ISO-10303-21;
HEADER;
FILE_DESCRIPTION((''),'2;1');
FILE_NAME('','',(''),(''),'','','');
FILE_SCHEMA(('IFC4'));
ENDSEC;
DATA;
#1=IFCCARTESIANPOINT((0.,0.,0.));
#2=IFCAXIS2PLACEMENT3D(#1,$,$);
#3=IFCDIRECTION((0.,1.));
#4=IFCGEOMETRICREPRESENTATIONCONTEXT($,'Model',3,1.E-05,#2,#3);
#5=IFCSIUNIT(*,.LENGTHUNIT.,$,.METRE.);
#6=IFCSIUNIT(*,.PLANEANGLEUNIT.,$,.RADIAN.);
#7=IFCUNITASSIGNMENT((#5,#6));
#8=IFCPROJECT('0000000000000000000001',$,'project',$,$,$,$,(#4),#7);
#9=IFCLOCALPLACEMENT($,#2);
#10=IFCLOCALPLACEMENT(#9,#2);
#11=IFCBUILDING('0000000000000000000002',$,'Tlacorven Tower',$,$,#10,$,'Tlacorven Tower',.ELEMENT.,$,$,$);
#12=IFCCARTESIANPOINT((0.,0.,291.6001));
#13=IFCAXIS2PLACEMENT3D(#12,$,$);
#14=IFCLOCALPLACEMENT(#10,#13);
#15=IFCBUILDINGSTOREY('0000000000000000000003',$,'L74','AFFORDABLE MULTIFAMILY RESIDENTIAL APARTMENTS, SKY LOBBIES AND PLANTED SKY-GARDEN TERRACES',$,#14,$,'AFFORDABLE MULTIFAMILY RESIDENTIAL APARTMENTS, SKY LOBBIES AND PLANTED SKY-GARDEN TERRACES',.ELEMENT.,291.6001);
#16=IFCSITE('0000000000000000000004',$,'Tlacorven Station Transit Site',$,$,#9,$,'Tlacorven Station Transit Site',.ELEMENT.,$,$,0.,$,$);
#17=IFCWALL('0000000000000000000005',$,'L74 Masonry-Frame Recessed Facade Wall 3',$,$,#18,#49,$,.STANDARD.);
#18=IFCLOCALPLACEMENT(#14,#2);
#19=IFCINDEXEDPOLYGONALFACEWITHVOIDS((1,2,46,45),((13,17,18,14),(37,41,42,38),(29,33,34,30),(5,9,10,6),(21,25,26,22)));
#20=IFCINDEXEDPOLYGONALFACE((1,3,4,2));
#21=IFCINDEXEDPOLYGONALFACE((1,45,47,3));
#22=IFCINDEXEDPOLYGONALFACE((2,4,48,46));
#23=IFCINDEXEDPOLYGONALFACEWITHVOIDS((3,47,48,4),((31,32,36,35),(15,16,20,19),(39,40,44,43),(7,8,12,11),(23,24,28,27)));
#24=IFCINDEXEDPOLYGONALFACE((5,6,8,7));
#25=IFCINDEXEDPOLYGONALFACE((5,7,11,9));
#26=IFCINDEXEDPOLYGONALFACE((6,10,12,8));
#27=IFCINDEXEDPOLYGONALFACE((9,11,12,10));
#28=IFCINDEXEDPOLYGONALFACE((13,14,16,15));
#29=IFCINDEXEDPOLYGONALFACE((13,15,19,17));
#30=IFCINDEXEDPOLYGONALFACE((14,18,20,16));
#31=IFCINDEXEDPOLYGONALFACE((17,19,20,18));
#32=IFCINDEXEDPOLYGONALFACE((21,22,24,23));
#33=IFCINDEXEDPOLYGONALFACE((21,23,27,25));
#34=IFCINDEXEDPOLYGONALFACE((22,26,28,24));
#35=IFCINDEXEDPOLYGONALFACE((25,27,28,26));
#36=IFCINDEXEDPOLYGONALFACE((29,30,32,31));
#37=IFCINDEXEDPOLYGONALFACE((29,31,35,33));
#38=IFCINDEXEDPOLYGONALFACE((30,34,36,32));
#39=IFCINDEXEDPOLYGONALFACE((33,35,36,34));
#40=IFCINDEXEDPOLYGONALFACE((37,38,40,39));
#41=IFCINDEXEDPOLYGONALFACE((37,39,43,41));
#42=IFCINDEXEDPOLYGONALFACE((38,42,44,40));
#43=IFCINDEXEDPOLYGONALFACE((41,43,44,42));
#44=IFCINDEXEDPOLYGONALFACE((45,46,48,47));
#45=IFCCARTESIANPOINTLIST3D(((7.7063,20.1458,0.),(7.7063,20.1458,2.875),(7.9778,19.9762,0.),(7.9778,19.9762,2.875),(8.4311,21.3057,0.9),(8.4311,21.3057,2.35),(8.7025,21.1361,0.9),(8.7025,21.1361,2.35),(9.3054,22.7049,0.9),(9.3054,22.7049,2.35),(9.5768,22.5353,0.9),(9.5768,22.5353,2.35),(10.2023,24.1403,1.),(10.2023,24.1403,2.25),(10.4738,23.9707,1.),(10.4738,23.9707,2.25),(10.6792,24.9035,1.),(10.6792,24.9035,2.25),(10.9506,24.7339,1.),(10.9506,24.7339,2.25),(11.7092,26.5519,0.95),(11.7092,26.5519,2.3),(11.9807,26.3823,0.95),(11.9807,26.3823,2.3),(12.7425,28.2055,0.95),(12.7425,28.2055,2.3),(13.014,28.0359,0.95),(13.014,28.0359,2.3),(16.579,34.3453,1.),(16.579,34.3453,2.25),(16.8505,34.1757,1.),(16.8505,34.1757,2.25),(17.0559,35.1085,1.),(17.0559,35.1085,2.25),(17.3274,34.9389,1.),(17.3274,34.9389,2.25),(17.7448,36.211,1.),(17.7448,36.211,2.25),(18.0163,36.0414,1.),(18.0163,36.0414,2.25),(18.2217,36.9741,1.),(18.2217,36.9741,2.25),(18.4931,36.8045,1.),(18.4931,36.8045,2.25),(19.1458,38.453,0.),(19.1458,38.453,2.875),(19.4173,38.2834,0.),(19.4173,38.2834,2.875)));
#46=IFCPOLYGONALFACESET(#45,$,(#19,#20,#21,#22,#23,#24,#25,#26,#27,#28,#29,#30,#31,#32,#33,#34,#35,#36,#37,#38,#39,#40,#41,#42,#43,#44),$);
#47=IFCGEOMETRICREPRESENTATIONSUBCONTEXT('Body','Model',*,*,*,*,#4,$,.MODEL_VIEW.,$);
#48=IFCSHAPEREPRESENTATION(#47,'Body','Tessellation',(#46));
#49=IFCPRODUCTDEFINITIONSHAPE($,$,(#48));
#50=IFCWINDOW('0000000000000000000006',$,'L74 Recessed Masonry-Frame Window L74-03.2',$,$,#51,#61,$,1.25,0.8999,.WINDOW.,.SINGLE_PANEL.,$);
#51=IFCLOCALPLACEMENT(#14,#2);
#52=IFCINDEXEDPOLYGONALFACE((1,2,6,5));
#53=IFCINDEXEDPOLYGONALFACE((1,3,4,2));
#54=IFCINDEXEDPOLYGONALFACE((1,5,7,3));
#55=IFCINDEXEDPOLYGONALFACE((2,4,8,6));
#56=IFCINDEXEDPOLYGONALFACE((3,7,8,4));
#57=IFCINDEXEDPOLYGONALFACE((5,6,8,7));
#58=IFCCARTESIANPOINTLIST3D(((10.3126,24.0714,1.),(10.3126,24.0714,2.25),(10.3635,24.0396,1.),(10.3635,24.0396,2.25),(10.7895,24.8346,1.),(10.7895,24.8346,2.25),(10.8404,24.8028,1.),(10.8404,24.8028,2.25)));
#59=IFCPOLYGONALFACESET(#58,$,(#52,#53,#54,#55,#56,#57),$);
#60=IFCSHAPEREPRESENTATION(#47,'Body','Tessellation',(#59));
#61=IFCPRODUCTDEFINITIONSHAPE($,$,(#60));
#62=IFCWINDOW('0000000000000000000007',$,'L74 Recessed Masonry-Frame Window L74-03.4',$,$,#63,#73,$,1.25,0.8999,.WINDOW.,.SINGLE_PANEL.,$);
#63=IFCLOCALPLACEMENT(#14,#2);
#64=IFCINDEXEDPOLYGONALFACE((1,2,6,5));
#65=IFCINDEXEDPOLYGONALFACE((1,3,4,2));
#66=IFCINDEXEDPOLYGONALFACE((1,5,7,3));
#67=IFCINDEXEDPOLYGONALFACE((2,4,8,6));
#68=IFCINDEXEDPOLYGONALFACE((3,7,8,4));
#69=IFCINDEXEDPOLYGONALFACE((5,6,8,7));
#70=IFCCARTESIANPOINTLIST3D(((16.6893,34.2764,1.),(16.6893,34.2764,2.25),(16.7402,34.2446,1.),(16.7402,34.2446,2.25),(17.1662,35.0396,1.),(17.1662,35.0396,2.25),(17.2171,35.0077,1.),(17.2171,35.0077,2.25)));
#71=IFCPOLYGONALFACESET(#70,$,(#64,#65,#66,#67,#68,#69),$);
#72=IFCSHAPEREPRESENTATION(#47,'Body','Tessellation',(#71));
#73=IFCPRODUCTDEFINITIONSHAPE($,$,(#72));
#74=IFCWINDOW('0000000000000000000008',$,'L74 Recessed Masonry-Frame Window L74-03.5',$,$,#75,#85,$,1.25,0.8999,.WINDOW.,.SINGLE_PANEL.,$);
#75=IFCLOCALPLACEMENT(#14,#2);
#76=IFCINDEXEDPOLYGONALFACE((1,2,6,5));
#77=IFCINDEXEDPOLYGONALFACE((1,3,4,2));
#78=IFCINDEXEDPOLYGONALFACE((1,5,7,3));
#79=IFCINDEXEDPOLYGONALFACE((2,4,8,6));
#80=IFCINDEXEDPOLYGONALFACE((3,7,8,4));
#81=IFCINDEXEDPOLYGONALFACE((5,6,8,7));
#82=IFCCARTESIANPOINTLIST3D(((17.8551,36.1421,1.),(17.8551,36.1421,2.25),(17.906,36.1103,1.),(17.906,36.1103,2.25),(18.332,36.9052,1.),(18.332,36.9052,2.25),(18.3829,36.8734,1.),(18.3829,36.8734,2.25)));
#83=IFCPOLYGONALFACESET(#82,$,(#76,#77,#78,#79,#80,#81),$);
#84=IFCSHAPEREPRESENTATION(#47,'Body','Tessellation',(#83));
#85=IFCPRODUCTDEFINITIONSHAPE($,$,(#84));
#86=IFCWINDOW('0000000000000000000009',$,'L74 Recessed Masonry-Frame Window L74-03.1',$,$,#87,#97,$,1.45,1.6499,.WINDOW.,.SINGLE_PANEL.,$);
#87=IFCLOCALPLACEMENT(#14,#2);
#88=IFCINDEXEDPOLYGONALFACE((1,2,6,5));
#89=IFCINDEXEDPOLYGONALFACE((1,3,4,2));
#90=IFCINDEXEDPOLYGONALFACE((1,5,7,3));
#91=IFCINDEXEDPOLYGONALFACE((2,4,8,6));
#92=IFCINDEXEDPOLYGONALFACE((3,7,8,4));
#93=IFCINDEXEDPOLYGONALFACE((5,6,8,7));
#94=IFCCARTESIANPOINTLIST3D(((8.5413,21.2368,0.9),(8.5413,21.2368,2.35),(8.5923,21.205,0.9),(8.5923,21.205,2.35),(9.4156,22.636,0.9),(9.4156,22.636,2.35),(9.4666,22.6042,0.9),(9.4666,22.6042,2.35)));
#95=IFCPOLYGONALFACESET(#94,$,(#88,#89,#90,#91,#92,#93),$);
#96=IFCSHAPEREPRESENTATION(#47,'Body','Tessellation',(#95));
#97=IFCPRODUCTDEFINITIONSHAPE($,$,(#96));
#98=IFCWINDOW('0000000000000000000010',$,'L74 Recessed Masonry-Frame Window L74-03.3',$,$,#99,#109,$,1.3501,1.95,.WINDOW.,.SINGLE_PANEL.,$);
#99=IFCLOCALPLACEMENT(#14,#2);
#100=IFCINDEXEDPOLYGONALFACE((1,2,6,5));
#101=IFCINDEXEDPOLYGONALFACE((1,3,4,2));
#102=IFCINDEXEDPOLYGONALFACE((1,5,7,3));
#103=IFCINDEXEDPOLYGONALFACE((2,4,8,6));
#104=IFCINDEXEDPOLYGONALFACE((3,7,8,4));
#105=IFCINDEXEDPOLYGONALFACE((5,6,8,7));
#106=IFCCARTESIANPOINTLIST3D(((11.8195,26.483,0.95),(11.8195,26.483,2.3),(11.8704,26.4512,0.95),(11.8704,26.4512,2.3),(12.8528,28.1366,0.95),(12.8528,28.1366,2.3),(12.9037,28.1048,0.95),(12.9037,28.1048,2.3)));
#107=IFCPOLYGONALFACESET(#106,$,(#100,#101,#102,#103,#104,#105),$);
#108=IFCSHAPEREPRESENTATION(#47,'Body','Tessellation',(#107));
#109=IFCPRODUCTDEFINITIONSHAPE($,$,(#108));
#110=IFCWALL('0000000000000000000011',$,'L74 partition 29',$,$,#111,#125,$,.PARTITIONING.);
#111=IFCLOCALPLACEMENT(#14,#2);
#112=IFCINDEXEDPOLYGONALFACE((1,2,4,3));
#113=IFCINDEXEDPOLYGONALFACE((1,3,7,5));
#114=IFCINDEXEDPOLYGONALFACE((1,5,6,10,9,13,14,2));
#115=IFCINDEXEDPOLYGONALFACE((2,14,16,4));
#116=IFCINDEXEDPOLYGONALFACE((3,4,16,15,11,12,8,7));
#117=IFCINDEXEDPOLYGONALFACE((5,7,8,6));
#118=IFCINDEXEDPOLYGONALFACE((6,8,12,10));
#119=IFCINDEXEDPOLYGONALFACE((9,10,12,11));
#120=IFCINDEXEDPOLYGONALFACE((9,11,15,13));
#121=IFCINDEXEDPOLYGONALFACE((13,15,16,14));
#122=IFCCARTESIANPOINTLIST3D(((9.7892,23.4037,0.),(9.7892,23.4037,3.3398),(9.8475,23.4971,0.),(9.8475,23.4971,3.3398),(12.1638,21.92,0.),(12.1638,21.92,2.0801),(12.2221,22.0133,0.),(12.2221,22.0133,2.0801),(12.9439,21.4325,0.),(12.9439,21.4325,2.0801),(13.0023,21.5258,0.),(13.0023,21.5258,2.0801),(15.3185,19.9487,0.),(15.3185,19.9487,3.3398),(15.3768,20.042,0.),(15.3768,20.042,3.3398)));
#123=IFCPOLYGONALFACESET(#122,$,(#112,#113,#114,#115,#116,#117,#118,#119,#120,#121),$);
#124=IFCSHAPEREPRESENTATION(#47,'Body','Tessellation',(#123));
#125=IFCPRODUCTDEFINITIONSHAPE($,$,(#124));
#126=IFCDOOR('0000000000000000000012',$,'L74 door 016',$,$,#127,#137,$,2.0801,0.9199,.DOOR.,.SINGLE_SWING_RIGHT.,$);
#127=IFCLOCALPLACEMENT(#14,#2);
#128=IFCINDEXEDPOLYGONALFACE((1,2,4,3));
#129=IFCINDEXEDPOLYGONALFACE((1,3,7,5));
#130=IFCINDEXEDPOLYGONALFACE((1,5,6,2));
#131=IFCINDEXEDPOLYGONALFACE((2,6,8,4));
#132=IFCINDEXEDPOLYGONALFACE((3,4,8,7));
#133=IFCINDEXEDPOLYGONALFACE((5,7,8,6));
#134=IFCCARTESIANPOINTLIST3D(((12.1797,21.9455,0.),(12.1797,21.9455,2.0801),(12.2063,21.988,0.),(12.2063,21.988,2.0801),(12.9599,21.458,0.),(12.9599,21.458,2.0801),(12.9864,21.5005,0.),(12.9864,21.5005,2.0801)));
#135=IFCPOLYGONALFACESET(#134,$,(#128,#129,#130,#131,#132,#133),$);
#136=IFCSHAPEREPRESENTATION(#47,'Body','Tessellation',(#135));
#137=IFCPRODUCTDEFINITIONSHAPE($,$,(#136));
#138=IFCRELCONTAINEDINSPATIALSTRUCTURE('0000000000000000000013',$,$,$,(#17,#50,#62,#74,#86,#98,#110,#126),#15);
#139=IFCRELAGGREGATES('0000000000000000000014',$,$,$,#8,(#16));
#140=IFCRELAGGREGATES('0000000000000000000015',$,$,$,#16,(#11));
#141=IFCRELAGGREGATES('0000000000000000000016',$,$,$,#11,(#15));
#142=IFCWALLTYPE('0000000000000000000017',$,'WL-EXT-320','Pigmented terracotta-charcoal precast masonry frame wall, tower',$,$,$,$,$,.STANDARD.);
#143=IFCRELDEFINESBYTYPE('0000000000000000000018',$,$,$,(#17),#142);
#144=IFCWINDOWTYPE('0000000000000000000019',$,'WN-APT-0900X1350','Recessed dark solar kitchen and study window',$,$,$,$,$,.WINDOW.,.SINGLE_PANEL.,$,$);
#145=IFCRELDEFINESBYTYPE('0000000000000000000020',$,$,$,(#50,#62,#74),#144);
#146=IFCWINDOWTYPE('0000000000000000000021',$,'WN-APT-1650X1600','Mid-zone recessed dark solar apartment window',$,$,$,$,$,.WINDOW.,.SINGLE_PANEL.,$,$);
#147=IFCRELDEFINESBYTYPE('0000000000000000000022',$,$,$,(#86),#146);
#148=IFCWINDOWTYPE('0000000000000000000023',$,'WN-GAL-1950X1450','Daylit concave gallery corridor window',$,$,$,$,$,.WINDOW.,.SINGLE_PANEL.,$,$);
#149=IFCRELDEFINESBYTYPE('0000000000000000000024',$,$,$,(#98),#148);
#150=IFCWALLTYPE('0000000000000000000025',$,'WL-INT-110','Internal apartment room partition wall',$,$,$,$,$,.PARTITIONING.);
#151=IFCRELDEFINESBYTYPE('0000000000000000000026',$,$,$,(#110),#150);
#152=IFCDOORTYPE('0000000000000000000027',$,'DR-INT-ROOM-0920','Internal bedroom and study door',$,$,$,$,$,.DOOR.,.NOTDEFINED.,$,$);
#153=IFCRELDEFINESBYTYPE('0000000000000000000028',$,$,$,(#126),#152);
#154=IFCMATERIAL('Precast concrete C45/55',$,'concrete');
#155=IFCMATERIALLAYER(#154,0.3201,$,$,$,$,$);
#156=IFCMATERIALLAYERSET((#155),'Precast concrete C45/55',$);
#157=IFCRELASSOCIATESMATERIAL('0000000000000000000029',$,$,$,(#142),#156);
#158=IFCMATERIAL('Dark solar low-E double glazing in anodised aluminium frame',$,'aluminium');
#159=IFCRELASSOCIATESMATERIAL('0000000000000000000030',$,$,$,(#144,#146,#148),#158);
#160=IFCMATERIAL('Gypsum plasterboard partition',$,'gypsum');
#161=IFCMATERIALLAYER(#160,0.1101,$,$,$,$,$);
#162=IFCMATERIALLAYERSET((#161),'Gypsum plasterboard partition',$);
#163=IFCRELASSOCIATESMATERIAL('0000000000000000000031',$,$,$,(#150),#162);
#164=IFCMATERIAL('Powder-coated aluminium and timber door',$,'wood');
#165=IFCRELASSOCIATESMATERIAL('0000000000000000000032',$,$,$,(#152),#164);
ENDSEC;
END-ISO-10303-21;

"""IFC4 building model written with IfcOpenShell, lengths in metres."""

from ifc_helpers import new_model, si_unit, direction, frame, frame_2d, origin, place, context, subcontext, project, spatial, rectangle, extrude, source, transform, mapped, material, layer, layer_set, type_object, element, fill, save


model = new_model("IFC4")

# Units and contexts
model_context = context("Model", 3, precision=1e-05, world=origin(), true_north=direction((0.0, 1.0)))
body_context = subcontext(model_context, "Body", "Model", "MODEL_VIEW")
ifc_project = project(units=[si_unit("LENGTHUNIT", "METRE"), si_unit("PLANEANGLEUNIT", "RADIAN")], contexts=[model_context])

# Site, building, storey
site_placement = place(None, origin())
site = spatial("IfcSite", under=ifc_project, at=site_placement, Name="Tlacorven Station Transit Site", LongName="Tlacorven Station Transit Site", CompositionType="ELEMENT", RefElevation=0.0)
building_placement = place(site_placement, origin())
building = spatial("IfcBuilding", under=site, at=building_placement, Name="Tlacorven Tower", LongName="Tlacorven Tower", CompositionType="ELEMENT")
storey_placement = place(building_placement, frame((0.0, 0.0, 291.6001)))
storey = spatial("IfcBuildingStorey", under=building, at=storey_placement, Name="L74", Description="AFFORDABLE MULTIFAMILY RESIDENTIAL APARTMENTS, SKY LOBBIES AND PLANTED SKY-GARDEN TERRACES", LongName="AFFORDABLE MULTIFAMILY RESIDENTIAL APARTMENTS, SKY LOBBIES AND PLANTED SKY-GARDEN TERRACES", CompositionType="ELEMENT", Elevation=291.6001)

# Wall, openings, windows
ifc_material_1 = material(Name="Precast concrete C45/55", Category="concrete")
ifc_layer_1 = layer(ifc_material_1, 0.3201)
ifc_layer_set_1 = layer_set([ifc_layer_1], Name="Precast concrete C45/55")
wall_type_1 = type_object("IfcWallType", Name="WL-EXT-320", Description="Pigmented terracotta-charcoal precast masonry frame wall, tower", PredefinedType="STANDARD", material=ifc_layer_set_1)
wall_1_placement = place(storey_placement, frame((7.842, 20.061, 0.0), z_axis=(0.0, 0.0, 1.0), x_axis=(0.529916, 0.84805, 0.0)))
wall_1 = element("IfcWall", 1, at=wall_1_placement, inside=storey, type_object=wall_type_1, Name="L74 Masonry-Frame Recessed Facade Wall 3", PredefinedType="STANDARD", context=body_context, shape_type="SweptSolid", body=[
    extrude(rectangle(XDim=21.5874, YDim=0.3201, at=frame_2d((10.7937, 0.0))), origin(), (0.0, 0.0, 1.0), 2.875),
])
opening_1_placement = place(wall_1_placement, frame((1.3677, 0.0, 0.8999)))
opening_1 = element("IfcOpeningElement", 2, at=opening_1_placement, cuts=wall_1, PredefinedType="OPENING", context=body_context, shape_type="SweptSolid", body=[
    extrude(rectangle(XDim=1.6499, YDim=1.45, at=frame_2d((0.825, 0.7251))), frame((0.0, 0.1699, 0.0), z_axis=(0.0, -1.0, 0.0), x_axis=(1.0, 0.0, 0.0)), (0.0, 0.0, 1.0), 0.3401),
])
opening_2_placement = place(wall_1_placement, frame((4.7102, 0.0, 1.0)))
opening_2 = element("IfcOpeningElement", 3, at=opening_2_placement, cuts=wall_1, PredefinedType="OPENING", context=body_context, shape_type="SweptSolid", body=[
    extrude(rectangle(XDim=0.8999, YDim=1.25, at=frame_2d((0.45, 0.625))), frame((0.0, 0.1699, 0.0), z_axis=(0.0, -1.0, 0.0), x_axis=(1.0, 0.0, 0.0)), (0.0, 0.0, 1.0), 0.3401),
])
opening_3_placement = place(wall_1_placement, frame((7.5537, 0.0, 0.95)))
opening_3 = element("IfcOpeningElement", 4, at=opening_3_placement, cuts=wall_1, PredefinedType="OPENING", context=body_context, shape_type="SweptSolid", body=[
    extrude(rectangle(XDim=1.95, YDim=1.3501, at=frame_2d((0.9751, 0.675))), frame((0.0, 0.1699, 0.0), z_axis=(0.0, -1.0, 0.0), x_axis=(1.0, 0.0, 0.0)), (0.0, 0.0, 1.0), 0.3401),
])
opening_4_placement = place(wall_1_placement, frame((16.7437, 0.0, 1.0)))
opening_4 = element("IfcOpeningElement", 5, at=opening_4_placement, cuts=wall_1, PredefinedType="OPENING", context=body_context, shape_type="SweptSolid", body=[
    extrude(rectangle(XDim=0.8999, YDim=1.25, at=frame_2d((0.45, 0.625))), frame((0.0, 0.1699, 0.0), z_axis=(0.0, -1.0, 0.0), x_axis=(1.0, 0.0, 0.0)), (0.0, 0.0, 1.0), 0.3401),
])
opening_5_placement = place(wall_1_placement, frame((18.9436, 0.0, 1.0)))
opening_5 = element("IfcOpeningElement", 6, at=opening_5_placement, cuts=wall_1, PredefinedType="OPENING", context=body_context, shape_type="SweptSolid", body=[
    extrude(rectangle(XDim=0.8999, YDim=1.25, at=frame_2d((0.45, 0.625))), frame((0.0, 0.1699, 0.0), z_axis=(0.0, -1.0, 0.0), x_axis=(1.0, 0.0, 0.0)), (0.0, 0.0, 1.0), 0.3401),
])
ifc_material_2 = material(Name="Dark solar low-E double glazing in anodised aluminium frame", Category="aluminium")
window_type_1 = type_object("IfcWindowType", Name="WN-APT-0900X1350", Description="Recessed dark solar kitchen and study window", PartitioningType="SINGLE_PANEL", PredefinedType="WINDOW", material=ifc_material_2)
shared_shape_1 = source(origin(), body_context, "Body", "SweptSolid", [
    extrude(rectangle(XDim=0.8999, YDim=1.25, at=frame_2d((0.45, 0.625))), frame((0.0, 0.03, 0.0), z_axis=(0.0, -1.0, 0.0), x_axis=(1.0, 0.0, 0.0)), (0.0, 0.0, 1.0), 0.0601),
])
window_1_placement = place(opening_2_placement, origin())
window_1 = element("IfcWindow", 7, at=window_1_placement, inside=storey, type_object=window_type_1, Name="L74 Recessed Masonry-Frame Window L74-03.2", OverallHeight=1.25, OverallWidth=0.8999, PartitioningType="SINGLE_PANEL", PredefinedType="WINDOW", context=body_context, shape_type="MappedRepresentation", body=[
    mapped(shared_shape_1, transform((0.0, 0.0, 0.0), scale=1.0)),
])
fill(opening_2, window_1)
window_2_placement = place(opening_4_placement, origin())
window_2 = element("IfcWindow", 8, at=window_2_placement, inside=storey, type_object=window_type_1, Name="L74 Recessed Masonry-Frame Window L74-03.4", OverallHeight=1.25, OverallWidth=0.8999, PartitioningType="SINGLE_PANEL", PredefinedType="WINDOW", context=body_context, shape_type="MappedRepresentation", body=[
    mapped(shared_shape_1, transform((0.0, 0.0, 0.0), scale=1.0)),
])
fill(opening_4, window_2)
window_3_placement = place(opening_5_placement, origin())
window_3 = element("IfcWindow", 9, at=window_3_placement, inside=storey, type_object=window_type_1, Name="L74 Recessed Masonry-Frame Window L74-03.5", OverallHeight=1.25, OverallWidth=0.8999, PartitioningType="SINGLE_PANEL", PredefinedType="WINDOW", context=body_context, shape_type="MappedRepresentation", body=[
    mapped(shared_shape_1, transform((0.0, 0.0, 0.0), scale=1.0)),
])
fill(opening_5, window_3)
window_type_2 = type_object("IfcWindowType", Name="WN-APT-1650X1600", Description="Mid-zone recessed dark solar apartment window", PartitioningType="SINGLE_PANEL", PredefinedType="WINDOW", material=ifc_material_2)
shared_shape_2 = source(origin(), body_context, "Body", "SweptSolid", [
    extrude(rectangle(XDim=1.6499, YDim=1.45, at=frame_2d((0.825, 0.7251))), frame((0.0, 0.03, 0.0), z_axis=(0.0, -1.0, 0.0), x_axis=(1.0, 0.0, 0.0)), (0.0, 0.0, 1.0), 0.0601),
])
window_4_placement = place(opening_1_placement, origin())
window_4 = element("IfcWindow", 10, at=window_4_placement, inside=storey, type_object=window_type_2, Name="L74 Recessed Masonry-Frame Window L74-03.1", OverallHeight=1.45, OverallWidth=1.6499, PartitioningType="SINGLE_PANEL", PredefinedType="WINDOW", context=body_context, shape_type="MappedRepresentation", body=[
    mapped(shared_shape_2, transform((0.0, 0.0, 0.0), scale=1.0)),
])
fill(opening_1, window_4)
window_type_3 = type_object("IfcWindowType", Name="WN-GAL-1950X1450", Description="Daylit concave gallery corridor window", PartitioningType="SINGLE_PANEL", PredefinedType="WINDOW", material=ifc_material_2)
shared_shape_3 = source(origin(), body_context, "Body", "SweptSolid", [
    extrude(rectangle(XDim=1.95, YDim=1.3501, at=frame_2d((0.9751, 0.675))), frame((0.0, 0.03, 0.0), z_axis=(0.0, -1.0, 0.0), x_axis=(1.0, 0.0, 0.0)), (0.0, 0.0, 1.0), 0.0601),
])
window_5_placement = place(opening_3_placement, origin())
window_5 = element("IfcWindow", 11, at=window_5_placement, inside=storey, type_object=window_type_3, Name="L74 Recessed Masonry-Frame Window L74-03.3", OverallHeight=1.3501, OverallWidth=1.95, PartitioningType="SINGLE_PANEL", PredefinedType="WINDOW", context=body_context, shape_type="MappedRepresentation", body=[
    mapped(shared_shape_3, transform((0.0, 0.0, 0.0), scale=1.0)),
])
fill(opening_3, window_5)

# Wall, opening, door
ifc_material_3 = material(Name="Gypsum plasterboard partition", Category="gypsum")
ifc_layer_2 = layer(ifc_material_3, 0.1101)
ifc_layer_set_2 = layer_set([ifc_layer_2], Name="Gypsum plasterboard partition")
wall_type_2 = type_object("IfcWallType", Name="WL-INT-110", Description="Internal apartment room partition wall", PredefinedType="PARTITIONING", material=ifc_layer_set_2)
wall_2_placement = place(storey_placement, frame((15.3477, 19.9954, 0.0), z_axis=(0.0, 0.0, 1.0), x_axis=(-0.848049, 0.529918, 0.0)))
wall_2 = element("IfcWall", 12, at=wall_2_placement, inside=storey, type_object=wall_type_2, Name="L74 partition 29", PredefinedType="PARTITIONING", context=body_context, shape_type="SweptSolid", body=[
    extrude(rectangle(XDim=6.52, YDim=0.1101, at=frame_2d((3.26, 0.0))), origin(), (0.0, 0.0, 1.0), 3.3398),
])
opening_6_placement = place(wall_2_placement, frame((2.8, 0.0, 0.0)))
opening_6 = element("IfcOpeningElement", 13, at=opening_6_placement, cuts=wall_2, PredefinedType="OPENING", context=body_context, shape_type="SweptSolid", body=[
    extrude(rectangle(XDim=0.9199, YDim=2.0801, at=frame_2d((0.46, 1.04))), frame((0.0, 0.0649, 0.0), z_axis=(0.0, -1.0, 0.0), x_axis=(1.0, 0.0, 0.0)), (0.0, 0.0, 1.0), 0.1301),
])
ifc_material_4 = material(Name="Powder-coated aluminium and timber door", Category="wood")
door_type = type_object("IfcDoorType", Name="DR-INT-ROOM-0920", Description="Internal bedroom and study door", OperationType="NOTDEFINED", PredefinedType="DOOR", material=ifc_material_4)
shared_shape_4 = source(origin(), body_context, "Body", "SweptSolid", [
    extrude(rectangle(XDim=0.9199, YDim=2.0801, at=frame_2d((0.46, 1.04))), frame((0.0, 0.0249, 0.0), z_axis=(0.0, -1.0, 0.0), x_axis=(1.0, 0.0, 0.0)), (0.0, 0.0, 1.0), 0.05),
])
door_1_placement = place(opening_6_placement, origin())
door_1 = element("IfcDoor", 14, at=door_1_placement, inside=storey, type_object=door_type, Name="L74 door 016", OperationType="SINGLE_SWING_RIGHT", OverallHeight=2.0801, OverallWidth=0.9199, PredefinedType="DOOR", context=body_context, shape_type="MappedRepresentation", body=[
    mapped(shared_shape_4, transform((0.0, 0.0, 0.0), scale=1.0)),
])
fill(opening_6, door_1)

save(model, "model.ifc")
